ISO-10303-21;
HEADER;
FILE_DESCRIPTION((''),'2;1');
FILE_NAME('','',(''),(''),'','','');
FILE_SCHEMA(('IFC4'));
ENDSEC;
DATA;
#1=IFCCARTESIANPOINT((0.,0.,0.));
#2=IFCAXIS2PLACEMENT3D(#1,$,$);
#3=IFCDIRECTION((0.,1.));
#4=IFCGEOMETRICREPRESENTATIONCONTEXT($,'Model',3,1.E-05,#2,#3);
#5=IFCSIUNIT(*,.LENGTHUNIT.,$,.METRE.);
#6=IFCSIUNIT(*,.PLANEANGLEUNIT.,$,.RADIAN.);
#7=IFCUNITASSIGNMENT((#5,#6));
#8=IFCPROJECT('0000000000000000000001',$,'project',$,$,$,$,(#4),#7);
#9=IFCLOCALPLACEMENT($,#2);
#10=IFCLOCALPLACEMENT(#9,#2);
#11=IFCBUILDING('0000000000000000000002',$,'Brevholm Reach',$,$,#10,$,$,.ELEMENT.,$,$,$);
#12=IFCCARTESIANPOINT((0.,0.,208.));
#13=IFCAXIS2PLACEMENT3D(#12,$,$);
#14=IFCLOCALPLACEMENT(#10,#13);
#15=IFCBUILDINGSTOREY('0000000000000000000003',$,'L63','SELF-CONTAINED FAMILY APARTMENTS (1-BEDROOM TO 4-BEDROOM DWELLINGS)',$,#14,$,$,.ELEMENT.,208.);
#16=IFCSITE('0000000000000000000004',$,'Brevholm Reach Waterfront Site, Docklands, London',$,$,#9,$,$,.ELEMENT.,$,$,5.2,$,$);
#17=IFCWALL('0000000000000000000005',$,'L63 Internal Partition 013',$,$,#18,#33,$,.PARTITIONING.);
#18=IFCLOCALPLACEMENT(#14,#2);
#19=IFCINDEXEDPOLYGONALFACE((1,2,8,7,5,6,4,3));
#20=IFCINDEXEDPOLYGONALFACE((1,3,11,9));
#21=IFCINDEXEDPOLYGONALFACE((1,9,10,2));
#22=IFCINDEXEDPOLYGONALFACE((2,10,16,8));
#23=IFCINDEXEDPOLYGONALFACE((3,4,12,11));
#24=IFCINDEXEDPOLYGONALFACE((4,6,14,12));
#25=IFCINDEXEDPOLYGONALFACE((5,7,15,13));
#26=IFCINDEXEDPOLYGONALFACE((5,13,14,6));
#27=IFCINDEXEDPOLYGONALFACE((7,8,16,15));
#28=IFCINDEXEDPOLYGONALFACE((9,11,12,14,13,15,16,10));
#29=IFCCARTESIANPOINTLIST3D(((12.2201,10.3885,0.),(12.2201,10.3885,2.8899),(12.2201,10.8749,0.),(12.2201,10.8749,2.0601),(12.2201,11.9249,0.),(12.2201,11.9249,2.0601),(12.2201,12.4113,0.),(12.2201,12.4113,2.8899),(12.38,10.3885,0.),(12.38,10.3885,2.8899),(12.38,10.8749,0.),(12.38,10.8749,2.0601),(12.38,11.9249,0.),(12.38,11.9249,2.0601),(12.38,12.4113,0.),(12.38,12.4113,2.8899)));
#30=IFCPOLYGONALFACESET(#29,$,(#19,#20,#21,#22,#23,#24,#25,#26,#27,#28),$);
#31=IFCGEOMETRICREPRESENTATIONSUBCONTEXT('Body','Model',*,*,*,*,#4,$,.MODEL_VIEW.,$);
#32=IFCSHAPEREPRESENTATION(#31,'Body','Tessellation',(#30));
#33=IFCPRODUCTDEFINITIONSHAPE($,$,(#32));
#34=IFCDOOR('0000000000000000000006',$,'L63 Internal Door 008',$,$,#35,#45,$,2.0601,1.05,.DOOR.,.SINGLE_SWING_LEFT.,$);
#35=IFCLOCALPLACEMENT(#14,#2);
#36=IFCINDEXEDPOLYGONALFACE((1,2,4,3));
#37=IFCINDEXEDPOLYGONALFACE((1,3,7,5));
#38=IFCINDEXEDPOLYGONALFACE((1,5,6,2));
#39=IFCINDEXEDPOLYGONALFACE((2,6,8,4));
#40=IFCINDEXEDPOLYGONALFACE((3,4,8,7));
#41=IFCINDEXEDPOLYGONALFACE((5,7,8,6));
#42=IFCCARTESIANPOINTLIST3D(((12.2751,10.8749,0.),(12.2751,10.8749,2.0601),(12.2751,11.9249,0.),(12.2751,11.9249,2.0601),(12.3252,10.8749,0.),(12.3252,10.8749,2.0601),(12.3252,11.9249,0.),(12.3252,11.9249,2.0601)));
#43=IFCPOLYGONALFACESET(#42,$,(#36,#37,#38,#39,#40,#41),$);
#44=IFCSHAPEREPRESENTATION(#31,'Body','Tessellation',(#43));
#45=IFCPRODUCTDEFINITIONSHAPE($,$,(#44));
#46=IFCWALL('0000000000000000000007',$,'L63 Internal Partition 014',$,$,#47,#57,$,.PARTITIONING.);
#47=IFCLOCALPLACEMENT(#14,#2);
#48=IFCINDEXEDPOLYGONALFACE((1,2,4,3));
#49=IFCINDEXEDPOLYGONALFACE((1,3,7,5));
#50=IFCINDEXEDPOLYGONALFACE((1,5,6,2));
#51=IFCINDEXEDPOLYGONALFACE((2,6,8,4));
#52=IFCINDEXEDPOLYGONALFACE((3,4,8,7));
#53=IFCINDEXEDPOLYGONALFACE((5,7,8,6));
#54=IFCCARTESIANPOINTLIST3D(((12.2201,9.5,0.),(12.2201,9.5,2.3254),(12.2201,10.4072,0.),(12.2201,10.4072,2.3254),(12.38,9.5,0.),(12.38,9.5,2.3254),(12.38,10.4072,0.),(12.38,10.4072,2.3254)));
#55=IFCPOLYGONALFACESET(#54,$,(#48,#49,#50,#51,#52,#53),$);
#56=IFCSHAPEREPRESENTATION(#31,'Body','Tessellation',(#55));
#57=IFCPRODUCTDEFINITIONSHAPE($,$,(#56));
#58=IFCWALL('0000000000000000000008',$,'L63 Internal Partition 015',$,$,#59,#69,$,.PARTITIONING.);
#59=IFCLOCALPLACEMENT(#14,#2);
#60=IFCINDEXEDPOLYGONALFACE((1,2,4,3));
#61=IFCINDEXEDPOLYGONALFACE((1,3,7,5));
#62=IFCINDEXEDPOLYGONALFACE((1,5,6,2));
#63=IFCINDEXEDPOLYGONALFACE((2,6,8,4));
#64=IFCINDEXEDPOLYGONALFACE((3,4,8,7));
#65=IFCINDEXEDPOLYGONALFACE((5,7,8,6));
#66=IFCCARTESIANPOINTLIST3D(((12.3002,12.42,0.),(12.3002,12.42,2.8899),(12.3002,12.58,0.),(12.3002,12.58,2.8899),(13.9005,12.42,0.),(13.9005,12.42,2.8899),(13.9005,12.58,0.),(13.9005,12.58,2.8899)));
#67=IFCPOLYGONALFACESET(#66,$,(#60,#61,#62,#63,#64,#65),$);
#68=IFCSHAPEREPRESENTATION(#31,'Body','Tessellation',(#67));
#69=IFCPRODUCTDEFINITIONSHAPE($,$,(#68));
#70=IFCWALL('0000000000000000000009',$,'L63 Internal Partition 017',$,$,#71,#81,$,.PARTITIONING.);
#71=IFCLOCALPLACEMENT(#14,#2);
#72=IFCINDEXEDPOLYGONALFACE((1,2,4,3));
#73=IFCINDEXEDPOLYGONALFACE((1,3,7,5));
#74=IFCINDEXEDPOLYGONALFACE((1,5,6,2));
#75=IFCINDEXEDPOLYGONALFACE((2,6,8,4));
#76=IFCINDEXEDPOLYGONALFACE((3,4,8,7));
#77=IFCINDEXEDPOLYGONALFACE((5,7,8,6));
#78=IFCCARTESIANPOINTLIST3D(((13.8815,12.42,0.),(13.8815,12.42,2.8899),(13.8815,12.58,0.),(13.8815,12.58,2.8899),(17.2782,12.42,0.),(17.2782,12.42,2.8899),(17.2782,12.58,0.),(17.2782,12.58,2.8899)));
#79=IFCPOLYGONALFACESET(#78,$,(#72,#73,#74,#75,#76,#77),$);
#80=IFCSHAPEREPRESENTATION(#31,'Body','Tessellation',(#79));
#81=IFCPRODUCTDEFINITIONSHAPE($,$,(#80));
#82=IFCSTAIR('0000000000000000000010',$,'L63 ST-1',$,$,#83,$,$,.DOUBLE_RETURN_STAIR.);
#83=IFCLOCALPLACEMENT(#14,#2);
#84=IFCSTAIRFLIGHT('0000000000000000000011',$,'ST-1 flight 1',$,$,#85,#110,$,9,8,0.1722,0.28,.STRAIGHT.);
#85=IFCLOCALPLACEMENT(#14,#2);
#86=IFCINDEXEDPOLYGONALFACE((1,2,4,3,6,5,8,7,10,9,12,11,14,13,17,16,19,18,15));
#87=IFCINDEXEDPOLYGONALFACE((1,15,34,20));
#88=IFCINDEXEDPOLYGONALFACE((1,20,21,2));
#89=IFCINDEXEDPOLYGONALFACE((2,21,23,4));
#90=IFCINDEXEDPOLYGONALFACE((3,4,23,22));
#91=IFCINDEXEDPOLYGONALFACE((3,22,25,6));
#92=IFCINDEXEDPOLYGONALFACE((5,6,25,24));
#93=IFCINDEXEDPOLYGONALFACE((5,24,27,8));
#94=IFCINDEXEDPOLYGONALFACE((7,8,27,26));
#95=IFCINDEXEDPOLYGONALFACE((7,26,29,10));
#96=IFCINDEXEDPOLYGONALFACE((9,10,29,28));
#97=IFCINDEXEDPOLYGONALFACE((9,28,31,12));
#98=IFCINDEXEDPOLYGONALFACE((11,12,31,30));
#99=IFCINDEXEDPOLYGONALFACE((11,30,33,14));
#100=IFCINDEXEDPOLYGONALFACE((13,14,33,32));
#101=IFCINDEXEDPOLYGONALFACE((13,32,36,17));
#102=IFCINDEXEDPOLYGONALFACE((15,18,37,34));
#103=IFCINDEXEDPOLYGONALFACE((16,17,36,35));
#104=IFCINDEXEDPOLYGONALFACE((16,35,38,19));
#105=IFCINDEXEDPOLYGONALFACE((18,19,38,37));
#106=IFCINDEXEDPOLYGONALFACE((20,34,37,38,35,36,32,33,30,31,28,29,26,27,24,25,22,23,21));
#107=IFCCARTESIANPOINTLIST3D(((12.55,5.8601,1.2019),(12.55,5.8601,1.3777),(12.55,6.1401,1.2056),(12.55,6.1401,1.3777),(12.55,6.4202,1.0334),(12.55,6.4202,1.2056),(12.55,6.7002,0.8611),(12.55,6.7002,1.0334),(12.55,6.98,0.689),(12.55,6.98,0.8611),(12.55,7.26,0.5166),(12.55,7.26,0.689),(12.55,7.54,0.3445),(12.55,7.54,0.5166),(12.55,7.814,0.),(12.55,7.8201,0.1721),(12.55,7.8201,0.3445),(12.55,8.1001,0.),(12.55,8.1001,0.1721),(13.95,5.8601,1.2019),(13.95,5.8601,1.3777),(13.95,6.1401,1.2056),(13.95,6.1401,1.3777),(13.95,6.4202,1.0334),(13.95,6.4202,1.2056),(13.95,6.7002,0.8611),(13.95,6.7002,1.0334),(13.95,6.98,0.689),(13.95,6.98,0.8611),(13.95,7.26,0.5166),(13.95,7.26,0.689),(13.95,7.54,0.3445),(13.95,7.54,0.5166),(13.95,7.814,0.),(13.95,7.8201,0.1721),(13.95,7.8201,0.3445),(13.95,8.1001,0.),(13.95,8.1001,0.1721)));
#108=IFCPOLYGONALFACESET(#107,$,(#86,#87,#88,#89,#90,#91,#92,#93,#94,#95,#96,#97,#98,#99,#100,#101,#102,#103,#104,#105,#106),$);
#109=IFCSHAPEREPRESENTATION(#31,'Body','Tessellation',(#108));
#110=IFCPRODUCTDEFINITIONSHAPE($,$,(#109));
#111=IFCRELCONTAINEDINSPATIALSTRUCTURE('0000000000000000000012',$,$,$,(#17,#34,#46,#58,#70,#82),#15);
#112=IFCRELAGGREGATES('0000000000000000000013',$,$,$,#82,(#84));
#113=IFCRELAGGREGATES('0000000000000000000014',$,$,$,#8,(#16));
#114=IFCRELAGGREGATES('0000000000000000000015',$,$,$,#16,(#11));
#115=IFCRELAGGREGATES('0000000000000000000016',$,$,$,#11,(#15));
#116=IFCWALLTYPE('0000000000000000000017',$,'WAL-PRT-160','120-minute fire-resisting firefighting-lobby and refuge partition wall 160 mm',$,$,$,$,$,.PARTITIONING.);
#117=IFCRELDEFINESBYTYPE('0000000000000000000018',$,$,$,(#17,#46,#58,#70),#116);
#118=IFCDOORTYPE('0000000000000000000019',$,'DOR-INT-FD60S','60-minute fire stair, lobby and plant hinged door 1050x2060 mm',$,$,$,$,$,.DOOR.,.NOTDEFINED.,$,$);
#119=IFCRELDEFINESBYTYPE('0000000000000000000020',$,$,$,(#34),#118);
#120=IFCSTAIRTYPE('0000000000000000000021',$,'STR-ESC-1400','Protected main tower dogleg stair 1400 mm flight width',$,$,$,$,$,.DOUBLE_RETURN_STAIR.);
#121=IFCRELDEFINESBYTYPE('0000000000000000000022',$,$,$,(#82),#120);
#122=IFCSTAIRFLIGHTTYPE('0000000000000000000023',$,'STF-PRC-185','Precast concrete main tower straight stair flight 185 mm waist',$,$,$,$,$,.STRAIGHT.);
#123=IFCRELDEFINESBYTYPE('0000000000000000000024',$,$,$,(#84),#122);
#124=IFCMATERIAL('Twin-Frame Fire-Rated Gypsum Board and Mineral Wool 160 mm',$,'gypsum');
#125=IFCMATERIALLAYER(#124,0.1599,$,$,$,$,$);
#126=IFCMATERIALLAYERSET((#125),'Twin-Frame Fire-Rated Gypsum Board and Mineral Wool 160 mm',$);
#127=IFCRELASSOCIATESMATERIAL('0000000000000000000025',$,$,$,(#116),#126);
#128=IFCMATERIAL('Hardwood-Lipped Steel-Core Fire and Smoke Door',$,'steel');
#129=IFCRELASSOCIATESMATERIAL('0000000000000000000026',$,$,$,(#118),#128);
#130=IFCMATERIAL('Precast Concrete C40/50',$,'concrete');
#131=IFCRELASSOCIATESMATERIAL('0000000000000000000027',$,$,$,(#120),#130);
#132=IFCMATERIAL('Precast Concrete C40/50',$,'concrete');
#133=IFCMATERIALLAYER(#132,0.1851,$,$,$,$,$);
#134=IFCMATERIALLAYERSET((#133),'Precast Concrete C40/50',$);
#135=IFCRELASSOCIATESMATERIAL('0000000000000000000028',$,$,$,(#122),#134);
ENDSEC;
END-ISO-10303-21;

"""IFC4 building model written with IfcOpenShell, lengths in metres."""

from ifc_helpers import new_model, si_unit, direction, frame, frame_2d, origin, place, context, subcontext, project, spatial, polyline, rectangle, outline, extrude, material, layer, layer_set, type_object, element, fill, aggregate, save


model = new_model("IFC4")

# Units and contexts
model_context = context("Model", 3, precision=1e-05, world=origin(), true_north=direction((0.0, 1.0)))
body_context = subcontext(model_context, "Body", "Model", "MODEL_VIEW")
ifc_project = project(units=[si_unit("LENGTHUNIT", "METRE"), si_unit("PLANEANGLEUNIT", "RADIAN")], contexts=[model_context])

# Site, building, storey
site_placement = place(None, origin())
site = spatial("IfcSite", under=ifc_project, at=site_placement, Name="Brevholm Reach Waterfront Site, Docklands, London", CompositionType="ELEMENT", RefElevation=5.2)
building_placement = place(site_placement, origin())
building = spatial("IfcBuilding", under=site, at=building_placement, Name="Brevholm Reach", CompositionType="ELEMENT")
storey_placement = place(building_placement, frame((0.0, 0.0, 208.0)))
storey = spatial("IfcBuildingStorey", under=building, at=storey_placement, Name="L63", Description="SELF-CONTAINED FAMILY APARTMENTS (1-BEDROOM TO 4-BEDROOM DWELLINGS)", CompositionType="ELEMENT", Elevation=208.0)

# Wall, opening, door
ifc_material_1 = material(Name="Twin-Frame Fire-Rated Gypsum Board and Mineral Wool 160 mm", Category="gypsum")
ifc_layer_1 = layer(ifc_material_1, 0.1599)
ifc_layer_set_1 = layer_set([ifc_layer_1], Name="Twin-Frame Fire-Rated Gypsum Board and Mineral Wool 160 mm")
wall_type_1 = type_object("IfcWallType", Name="WAL-PRT-160", Description="120-minute fire-resisting firefighting-lobby and refuge partition wall 160 mm", PredefinedType="PARTITIONING", material=ifc_layer_set_1)
wall_1_placement = place(storey_placement, frame((12.3, 10.3887, 0.0), z_axis=(0.0, 0.0, 1.0), x_axis=(0.0, 1.0, 0.0)))
wall_1 = element("IfcWall", 1, at=wall_1_placement, inside=storey, type_object=wall_type_1, Name="L63 Internal Partition 013", PredefinedType="PARTITIONING", context=body_context, shape_type="SweptSolid", body=[
    extrude(rectangle(XDim=2.0227, YDim=0.1599, at=frame_2d((1.0112, 0.0))), origin(), (0.0, 0.0, 1.0), 2.8899),
])
opening_1_placement = place(wall_1_placement, frame((0.4863, 0.0, 0.0)))
opening_1 = element("IfcOpeningElement", 2, at=opening_1_placement, cuts=wall_1, PredefinedType="OPENING", context=body_context, shape_type="SweptSolid", body=[
    extrude(rectangle(XDim=1.05, YDim=2.0601, at=frame_2d((0.5249, 1.03))), frame((0.0, 0.0898, 0.0), z_axis=(0.0, -1.0, 0.0), x_axis=(1.0, 0.0, 0.0)), (0.0, 0.0, 1.0), 0.1799),
])
ifc_material_2 = material(Name="Hardwood-Lipped Steel-Core Fire and Smoke Door", Category="steel")
door_type_1 = type_object("IfcDoorType", Name="DOR-INT-FD60S", Description="60-minute fire stair, lobby and plant hinged door 1050x2060 mm", OperationType="NOTDEFINED", PredefinedType="DOOR", material=ifc_material_2)
door_1_placement = place(opening_1_placement, origin())
door_1 = element("IfcDoor", 3, at=door_1_placement, inside=storey, type_object=door_type_1, Name="L63 Internal Door 008", OperationType="SINGLE_SWING_LEFT", OverallHeight=2.0601, OverallWidth=1.05, PredefinedType="DOOR", context=body_context, shape_type="SweptSolid", body=[
    extrude(rectangle(XDim=1.05, YDim=2.0601, at=frame_2d((0.5249, 1.03))), frame((0.0, 0.0249, 0.0), z_axis=(0.0, -1.0, 0.0), x_axis=(1.0, 0.0, 0.0)), (0.0, 0.0, 1.0), 0.05),
])
fill(opening_1, door_1)

# Walls
wall_2_placement = place(storey_placement, frame((12.3, 9.5, 0.0), z_axis=(0.0, 0.0, 1.0), x_axis=(0.0, 1.0, 0.0)))
element("IfcWall", 4, at=wall_2_placement, inside=storey, type_object=wall_type_1, Name="L63 Internal Partition 014", PredefinedType="PARTITIONING", context=body_context, shape_type="SweptSolid", body=[
    extrude(rectangle(XDim=0.9072, YDim=0.1599, at=frame_2d((0.4536, 0.0))), origin(), (0.0, 0.0, 1.0), 2.3254),
])
wall_3_placement = place(storey_placement, frame((12.3, 12.5, 0.0), z_axis=(0.0, 0.0, 1.0), x_axis=(1.0, 0.0, 0.0)))
element("IfcWall", 5, at=wall_3_placement, inside=storey, type_object=wall_type_1, Name="L63 Internal Partition 015", PredefinedType="PARTITIONING", context=body_context, shape_type="SweptSolid", body=[
    extrude(rectangle(XDim=1.6003, YDim=0.1599, at=frame_2d((0.8003, 0.0))), origin(), (0.0, 0.0, 1.0), 2.8899),
])
wall_4_placement = place(storey_placement, frame((13.8816, 12.5, 0.0), z_axis=(0.0, 0.0, 1.0), x_axis=(1.0, 0.0, 0.0)))
element("IfcWall", 6, at=wall_4_placement, inside=storey, type_object=wall_type_1, Name="L63 Internal Partition 017", PredefinedType="PARTITIONING", context=body_context, shape_type="SweptSolid", body=[
    extrude(rectangle(XDim=3.3967, YDim=0.1599, at=frame_2d((1.6982, 0.0))), origin(), (0.0, 0.0, 1.0), 2.8899),
])

# Stair, stair flight
ifc_material_3 = material(Name="Precast Concrete C40/50", Category="concrete")
stair_type = type_object("IfcStairType", Name="STR-ESC-1400", Description="Protected main tower dogleg stair 1400 mm flight width", PredefinedType="DOUBLE_RETURN_STAIR", material=ifc_material_3)
stair_placement = place(storey_placement, origin())
stair = element("IfcStair", 7, at=stair_placement, inside=storey, type_object=stair_type, Name="L63 ST-1", PredefinedType="DOUBLE_RETURN_STAIR")
ifc_material_4 = material(Name="Precast Concrete C40/50", Category="concrete")
ifc_layer_2 = layer(ifc_material_4, 0.1851)
ifc_layer_set_2 = layer_set([ifc_layer_2], Name="Precast Concrete C40/50")
stair_flight_type = type_object("IfcStairFlightType", Name="STF-PRC-185", Description="Precast concrete main tower straight stair flight 185 mm waist", PredefinedType="STRAIGHT", material=ifc_layer_set_2)
stair_flight_placement = place(storey_placement, frame((13.25, 8.1001, 0.0), z_axis=(0.0, 0.0, 1.0), x_axis=(0.0, -1.0, 0.0)))
stair_flight = element("IfcStairFlight", 8, at=stair_flight_placement, type_object=stair_flight_type, Name="ST-1 flight 1", NumberOfRisers=9, NumberOfTreads=8, PredefinedType="STRAIGHT", RiserHeight=0.1722, TreadLength=0.28, context=body_context, shape_type="SweptSolid", body=[
    extrude(outline(polyline([(0.0, 0.0), (0.0, 0.1721), (0.28, 0.1721), (0.28, 0.3445), (0.5601, 0.3445), (0.5601, 0.5166), (0.8401, 0.5166), (0.8401, 0.689), (1.1201, 0.689), (1.1201, 0.8611), (1.3999, 0.8611), (1.3999, 1.0334), (1.6799, 1.0334), (1.6799, 1.2056), (1.96, 1.2056), (1.96, 1.3777), (2.24, 1.3777), (2.24, 1.55), (2.24, 1.2019), (0.2861, 0.0), (0.0, 0.0)])), frame((0.0, 0.7, 0.0), z_axis=(0.0, -1.0, 0.0), x_axis=(1.0, 0.0, 0.0)), (0.0, 0.0, 1.0), 1.3999),
])
aggregate(stair, [stair_flight])

save(model, "model.ifc")
